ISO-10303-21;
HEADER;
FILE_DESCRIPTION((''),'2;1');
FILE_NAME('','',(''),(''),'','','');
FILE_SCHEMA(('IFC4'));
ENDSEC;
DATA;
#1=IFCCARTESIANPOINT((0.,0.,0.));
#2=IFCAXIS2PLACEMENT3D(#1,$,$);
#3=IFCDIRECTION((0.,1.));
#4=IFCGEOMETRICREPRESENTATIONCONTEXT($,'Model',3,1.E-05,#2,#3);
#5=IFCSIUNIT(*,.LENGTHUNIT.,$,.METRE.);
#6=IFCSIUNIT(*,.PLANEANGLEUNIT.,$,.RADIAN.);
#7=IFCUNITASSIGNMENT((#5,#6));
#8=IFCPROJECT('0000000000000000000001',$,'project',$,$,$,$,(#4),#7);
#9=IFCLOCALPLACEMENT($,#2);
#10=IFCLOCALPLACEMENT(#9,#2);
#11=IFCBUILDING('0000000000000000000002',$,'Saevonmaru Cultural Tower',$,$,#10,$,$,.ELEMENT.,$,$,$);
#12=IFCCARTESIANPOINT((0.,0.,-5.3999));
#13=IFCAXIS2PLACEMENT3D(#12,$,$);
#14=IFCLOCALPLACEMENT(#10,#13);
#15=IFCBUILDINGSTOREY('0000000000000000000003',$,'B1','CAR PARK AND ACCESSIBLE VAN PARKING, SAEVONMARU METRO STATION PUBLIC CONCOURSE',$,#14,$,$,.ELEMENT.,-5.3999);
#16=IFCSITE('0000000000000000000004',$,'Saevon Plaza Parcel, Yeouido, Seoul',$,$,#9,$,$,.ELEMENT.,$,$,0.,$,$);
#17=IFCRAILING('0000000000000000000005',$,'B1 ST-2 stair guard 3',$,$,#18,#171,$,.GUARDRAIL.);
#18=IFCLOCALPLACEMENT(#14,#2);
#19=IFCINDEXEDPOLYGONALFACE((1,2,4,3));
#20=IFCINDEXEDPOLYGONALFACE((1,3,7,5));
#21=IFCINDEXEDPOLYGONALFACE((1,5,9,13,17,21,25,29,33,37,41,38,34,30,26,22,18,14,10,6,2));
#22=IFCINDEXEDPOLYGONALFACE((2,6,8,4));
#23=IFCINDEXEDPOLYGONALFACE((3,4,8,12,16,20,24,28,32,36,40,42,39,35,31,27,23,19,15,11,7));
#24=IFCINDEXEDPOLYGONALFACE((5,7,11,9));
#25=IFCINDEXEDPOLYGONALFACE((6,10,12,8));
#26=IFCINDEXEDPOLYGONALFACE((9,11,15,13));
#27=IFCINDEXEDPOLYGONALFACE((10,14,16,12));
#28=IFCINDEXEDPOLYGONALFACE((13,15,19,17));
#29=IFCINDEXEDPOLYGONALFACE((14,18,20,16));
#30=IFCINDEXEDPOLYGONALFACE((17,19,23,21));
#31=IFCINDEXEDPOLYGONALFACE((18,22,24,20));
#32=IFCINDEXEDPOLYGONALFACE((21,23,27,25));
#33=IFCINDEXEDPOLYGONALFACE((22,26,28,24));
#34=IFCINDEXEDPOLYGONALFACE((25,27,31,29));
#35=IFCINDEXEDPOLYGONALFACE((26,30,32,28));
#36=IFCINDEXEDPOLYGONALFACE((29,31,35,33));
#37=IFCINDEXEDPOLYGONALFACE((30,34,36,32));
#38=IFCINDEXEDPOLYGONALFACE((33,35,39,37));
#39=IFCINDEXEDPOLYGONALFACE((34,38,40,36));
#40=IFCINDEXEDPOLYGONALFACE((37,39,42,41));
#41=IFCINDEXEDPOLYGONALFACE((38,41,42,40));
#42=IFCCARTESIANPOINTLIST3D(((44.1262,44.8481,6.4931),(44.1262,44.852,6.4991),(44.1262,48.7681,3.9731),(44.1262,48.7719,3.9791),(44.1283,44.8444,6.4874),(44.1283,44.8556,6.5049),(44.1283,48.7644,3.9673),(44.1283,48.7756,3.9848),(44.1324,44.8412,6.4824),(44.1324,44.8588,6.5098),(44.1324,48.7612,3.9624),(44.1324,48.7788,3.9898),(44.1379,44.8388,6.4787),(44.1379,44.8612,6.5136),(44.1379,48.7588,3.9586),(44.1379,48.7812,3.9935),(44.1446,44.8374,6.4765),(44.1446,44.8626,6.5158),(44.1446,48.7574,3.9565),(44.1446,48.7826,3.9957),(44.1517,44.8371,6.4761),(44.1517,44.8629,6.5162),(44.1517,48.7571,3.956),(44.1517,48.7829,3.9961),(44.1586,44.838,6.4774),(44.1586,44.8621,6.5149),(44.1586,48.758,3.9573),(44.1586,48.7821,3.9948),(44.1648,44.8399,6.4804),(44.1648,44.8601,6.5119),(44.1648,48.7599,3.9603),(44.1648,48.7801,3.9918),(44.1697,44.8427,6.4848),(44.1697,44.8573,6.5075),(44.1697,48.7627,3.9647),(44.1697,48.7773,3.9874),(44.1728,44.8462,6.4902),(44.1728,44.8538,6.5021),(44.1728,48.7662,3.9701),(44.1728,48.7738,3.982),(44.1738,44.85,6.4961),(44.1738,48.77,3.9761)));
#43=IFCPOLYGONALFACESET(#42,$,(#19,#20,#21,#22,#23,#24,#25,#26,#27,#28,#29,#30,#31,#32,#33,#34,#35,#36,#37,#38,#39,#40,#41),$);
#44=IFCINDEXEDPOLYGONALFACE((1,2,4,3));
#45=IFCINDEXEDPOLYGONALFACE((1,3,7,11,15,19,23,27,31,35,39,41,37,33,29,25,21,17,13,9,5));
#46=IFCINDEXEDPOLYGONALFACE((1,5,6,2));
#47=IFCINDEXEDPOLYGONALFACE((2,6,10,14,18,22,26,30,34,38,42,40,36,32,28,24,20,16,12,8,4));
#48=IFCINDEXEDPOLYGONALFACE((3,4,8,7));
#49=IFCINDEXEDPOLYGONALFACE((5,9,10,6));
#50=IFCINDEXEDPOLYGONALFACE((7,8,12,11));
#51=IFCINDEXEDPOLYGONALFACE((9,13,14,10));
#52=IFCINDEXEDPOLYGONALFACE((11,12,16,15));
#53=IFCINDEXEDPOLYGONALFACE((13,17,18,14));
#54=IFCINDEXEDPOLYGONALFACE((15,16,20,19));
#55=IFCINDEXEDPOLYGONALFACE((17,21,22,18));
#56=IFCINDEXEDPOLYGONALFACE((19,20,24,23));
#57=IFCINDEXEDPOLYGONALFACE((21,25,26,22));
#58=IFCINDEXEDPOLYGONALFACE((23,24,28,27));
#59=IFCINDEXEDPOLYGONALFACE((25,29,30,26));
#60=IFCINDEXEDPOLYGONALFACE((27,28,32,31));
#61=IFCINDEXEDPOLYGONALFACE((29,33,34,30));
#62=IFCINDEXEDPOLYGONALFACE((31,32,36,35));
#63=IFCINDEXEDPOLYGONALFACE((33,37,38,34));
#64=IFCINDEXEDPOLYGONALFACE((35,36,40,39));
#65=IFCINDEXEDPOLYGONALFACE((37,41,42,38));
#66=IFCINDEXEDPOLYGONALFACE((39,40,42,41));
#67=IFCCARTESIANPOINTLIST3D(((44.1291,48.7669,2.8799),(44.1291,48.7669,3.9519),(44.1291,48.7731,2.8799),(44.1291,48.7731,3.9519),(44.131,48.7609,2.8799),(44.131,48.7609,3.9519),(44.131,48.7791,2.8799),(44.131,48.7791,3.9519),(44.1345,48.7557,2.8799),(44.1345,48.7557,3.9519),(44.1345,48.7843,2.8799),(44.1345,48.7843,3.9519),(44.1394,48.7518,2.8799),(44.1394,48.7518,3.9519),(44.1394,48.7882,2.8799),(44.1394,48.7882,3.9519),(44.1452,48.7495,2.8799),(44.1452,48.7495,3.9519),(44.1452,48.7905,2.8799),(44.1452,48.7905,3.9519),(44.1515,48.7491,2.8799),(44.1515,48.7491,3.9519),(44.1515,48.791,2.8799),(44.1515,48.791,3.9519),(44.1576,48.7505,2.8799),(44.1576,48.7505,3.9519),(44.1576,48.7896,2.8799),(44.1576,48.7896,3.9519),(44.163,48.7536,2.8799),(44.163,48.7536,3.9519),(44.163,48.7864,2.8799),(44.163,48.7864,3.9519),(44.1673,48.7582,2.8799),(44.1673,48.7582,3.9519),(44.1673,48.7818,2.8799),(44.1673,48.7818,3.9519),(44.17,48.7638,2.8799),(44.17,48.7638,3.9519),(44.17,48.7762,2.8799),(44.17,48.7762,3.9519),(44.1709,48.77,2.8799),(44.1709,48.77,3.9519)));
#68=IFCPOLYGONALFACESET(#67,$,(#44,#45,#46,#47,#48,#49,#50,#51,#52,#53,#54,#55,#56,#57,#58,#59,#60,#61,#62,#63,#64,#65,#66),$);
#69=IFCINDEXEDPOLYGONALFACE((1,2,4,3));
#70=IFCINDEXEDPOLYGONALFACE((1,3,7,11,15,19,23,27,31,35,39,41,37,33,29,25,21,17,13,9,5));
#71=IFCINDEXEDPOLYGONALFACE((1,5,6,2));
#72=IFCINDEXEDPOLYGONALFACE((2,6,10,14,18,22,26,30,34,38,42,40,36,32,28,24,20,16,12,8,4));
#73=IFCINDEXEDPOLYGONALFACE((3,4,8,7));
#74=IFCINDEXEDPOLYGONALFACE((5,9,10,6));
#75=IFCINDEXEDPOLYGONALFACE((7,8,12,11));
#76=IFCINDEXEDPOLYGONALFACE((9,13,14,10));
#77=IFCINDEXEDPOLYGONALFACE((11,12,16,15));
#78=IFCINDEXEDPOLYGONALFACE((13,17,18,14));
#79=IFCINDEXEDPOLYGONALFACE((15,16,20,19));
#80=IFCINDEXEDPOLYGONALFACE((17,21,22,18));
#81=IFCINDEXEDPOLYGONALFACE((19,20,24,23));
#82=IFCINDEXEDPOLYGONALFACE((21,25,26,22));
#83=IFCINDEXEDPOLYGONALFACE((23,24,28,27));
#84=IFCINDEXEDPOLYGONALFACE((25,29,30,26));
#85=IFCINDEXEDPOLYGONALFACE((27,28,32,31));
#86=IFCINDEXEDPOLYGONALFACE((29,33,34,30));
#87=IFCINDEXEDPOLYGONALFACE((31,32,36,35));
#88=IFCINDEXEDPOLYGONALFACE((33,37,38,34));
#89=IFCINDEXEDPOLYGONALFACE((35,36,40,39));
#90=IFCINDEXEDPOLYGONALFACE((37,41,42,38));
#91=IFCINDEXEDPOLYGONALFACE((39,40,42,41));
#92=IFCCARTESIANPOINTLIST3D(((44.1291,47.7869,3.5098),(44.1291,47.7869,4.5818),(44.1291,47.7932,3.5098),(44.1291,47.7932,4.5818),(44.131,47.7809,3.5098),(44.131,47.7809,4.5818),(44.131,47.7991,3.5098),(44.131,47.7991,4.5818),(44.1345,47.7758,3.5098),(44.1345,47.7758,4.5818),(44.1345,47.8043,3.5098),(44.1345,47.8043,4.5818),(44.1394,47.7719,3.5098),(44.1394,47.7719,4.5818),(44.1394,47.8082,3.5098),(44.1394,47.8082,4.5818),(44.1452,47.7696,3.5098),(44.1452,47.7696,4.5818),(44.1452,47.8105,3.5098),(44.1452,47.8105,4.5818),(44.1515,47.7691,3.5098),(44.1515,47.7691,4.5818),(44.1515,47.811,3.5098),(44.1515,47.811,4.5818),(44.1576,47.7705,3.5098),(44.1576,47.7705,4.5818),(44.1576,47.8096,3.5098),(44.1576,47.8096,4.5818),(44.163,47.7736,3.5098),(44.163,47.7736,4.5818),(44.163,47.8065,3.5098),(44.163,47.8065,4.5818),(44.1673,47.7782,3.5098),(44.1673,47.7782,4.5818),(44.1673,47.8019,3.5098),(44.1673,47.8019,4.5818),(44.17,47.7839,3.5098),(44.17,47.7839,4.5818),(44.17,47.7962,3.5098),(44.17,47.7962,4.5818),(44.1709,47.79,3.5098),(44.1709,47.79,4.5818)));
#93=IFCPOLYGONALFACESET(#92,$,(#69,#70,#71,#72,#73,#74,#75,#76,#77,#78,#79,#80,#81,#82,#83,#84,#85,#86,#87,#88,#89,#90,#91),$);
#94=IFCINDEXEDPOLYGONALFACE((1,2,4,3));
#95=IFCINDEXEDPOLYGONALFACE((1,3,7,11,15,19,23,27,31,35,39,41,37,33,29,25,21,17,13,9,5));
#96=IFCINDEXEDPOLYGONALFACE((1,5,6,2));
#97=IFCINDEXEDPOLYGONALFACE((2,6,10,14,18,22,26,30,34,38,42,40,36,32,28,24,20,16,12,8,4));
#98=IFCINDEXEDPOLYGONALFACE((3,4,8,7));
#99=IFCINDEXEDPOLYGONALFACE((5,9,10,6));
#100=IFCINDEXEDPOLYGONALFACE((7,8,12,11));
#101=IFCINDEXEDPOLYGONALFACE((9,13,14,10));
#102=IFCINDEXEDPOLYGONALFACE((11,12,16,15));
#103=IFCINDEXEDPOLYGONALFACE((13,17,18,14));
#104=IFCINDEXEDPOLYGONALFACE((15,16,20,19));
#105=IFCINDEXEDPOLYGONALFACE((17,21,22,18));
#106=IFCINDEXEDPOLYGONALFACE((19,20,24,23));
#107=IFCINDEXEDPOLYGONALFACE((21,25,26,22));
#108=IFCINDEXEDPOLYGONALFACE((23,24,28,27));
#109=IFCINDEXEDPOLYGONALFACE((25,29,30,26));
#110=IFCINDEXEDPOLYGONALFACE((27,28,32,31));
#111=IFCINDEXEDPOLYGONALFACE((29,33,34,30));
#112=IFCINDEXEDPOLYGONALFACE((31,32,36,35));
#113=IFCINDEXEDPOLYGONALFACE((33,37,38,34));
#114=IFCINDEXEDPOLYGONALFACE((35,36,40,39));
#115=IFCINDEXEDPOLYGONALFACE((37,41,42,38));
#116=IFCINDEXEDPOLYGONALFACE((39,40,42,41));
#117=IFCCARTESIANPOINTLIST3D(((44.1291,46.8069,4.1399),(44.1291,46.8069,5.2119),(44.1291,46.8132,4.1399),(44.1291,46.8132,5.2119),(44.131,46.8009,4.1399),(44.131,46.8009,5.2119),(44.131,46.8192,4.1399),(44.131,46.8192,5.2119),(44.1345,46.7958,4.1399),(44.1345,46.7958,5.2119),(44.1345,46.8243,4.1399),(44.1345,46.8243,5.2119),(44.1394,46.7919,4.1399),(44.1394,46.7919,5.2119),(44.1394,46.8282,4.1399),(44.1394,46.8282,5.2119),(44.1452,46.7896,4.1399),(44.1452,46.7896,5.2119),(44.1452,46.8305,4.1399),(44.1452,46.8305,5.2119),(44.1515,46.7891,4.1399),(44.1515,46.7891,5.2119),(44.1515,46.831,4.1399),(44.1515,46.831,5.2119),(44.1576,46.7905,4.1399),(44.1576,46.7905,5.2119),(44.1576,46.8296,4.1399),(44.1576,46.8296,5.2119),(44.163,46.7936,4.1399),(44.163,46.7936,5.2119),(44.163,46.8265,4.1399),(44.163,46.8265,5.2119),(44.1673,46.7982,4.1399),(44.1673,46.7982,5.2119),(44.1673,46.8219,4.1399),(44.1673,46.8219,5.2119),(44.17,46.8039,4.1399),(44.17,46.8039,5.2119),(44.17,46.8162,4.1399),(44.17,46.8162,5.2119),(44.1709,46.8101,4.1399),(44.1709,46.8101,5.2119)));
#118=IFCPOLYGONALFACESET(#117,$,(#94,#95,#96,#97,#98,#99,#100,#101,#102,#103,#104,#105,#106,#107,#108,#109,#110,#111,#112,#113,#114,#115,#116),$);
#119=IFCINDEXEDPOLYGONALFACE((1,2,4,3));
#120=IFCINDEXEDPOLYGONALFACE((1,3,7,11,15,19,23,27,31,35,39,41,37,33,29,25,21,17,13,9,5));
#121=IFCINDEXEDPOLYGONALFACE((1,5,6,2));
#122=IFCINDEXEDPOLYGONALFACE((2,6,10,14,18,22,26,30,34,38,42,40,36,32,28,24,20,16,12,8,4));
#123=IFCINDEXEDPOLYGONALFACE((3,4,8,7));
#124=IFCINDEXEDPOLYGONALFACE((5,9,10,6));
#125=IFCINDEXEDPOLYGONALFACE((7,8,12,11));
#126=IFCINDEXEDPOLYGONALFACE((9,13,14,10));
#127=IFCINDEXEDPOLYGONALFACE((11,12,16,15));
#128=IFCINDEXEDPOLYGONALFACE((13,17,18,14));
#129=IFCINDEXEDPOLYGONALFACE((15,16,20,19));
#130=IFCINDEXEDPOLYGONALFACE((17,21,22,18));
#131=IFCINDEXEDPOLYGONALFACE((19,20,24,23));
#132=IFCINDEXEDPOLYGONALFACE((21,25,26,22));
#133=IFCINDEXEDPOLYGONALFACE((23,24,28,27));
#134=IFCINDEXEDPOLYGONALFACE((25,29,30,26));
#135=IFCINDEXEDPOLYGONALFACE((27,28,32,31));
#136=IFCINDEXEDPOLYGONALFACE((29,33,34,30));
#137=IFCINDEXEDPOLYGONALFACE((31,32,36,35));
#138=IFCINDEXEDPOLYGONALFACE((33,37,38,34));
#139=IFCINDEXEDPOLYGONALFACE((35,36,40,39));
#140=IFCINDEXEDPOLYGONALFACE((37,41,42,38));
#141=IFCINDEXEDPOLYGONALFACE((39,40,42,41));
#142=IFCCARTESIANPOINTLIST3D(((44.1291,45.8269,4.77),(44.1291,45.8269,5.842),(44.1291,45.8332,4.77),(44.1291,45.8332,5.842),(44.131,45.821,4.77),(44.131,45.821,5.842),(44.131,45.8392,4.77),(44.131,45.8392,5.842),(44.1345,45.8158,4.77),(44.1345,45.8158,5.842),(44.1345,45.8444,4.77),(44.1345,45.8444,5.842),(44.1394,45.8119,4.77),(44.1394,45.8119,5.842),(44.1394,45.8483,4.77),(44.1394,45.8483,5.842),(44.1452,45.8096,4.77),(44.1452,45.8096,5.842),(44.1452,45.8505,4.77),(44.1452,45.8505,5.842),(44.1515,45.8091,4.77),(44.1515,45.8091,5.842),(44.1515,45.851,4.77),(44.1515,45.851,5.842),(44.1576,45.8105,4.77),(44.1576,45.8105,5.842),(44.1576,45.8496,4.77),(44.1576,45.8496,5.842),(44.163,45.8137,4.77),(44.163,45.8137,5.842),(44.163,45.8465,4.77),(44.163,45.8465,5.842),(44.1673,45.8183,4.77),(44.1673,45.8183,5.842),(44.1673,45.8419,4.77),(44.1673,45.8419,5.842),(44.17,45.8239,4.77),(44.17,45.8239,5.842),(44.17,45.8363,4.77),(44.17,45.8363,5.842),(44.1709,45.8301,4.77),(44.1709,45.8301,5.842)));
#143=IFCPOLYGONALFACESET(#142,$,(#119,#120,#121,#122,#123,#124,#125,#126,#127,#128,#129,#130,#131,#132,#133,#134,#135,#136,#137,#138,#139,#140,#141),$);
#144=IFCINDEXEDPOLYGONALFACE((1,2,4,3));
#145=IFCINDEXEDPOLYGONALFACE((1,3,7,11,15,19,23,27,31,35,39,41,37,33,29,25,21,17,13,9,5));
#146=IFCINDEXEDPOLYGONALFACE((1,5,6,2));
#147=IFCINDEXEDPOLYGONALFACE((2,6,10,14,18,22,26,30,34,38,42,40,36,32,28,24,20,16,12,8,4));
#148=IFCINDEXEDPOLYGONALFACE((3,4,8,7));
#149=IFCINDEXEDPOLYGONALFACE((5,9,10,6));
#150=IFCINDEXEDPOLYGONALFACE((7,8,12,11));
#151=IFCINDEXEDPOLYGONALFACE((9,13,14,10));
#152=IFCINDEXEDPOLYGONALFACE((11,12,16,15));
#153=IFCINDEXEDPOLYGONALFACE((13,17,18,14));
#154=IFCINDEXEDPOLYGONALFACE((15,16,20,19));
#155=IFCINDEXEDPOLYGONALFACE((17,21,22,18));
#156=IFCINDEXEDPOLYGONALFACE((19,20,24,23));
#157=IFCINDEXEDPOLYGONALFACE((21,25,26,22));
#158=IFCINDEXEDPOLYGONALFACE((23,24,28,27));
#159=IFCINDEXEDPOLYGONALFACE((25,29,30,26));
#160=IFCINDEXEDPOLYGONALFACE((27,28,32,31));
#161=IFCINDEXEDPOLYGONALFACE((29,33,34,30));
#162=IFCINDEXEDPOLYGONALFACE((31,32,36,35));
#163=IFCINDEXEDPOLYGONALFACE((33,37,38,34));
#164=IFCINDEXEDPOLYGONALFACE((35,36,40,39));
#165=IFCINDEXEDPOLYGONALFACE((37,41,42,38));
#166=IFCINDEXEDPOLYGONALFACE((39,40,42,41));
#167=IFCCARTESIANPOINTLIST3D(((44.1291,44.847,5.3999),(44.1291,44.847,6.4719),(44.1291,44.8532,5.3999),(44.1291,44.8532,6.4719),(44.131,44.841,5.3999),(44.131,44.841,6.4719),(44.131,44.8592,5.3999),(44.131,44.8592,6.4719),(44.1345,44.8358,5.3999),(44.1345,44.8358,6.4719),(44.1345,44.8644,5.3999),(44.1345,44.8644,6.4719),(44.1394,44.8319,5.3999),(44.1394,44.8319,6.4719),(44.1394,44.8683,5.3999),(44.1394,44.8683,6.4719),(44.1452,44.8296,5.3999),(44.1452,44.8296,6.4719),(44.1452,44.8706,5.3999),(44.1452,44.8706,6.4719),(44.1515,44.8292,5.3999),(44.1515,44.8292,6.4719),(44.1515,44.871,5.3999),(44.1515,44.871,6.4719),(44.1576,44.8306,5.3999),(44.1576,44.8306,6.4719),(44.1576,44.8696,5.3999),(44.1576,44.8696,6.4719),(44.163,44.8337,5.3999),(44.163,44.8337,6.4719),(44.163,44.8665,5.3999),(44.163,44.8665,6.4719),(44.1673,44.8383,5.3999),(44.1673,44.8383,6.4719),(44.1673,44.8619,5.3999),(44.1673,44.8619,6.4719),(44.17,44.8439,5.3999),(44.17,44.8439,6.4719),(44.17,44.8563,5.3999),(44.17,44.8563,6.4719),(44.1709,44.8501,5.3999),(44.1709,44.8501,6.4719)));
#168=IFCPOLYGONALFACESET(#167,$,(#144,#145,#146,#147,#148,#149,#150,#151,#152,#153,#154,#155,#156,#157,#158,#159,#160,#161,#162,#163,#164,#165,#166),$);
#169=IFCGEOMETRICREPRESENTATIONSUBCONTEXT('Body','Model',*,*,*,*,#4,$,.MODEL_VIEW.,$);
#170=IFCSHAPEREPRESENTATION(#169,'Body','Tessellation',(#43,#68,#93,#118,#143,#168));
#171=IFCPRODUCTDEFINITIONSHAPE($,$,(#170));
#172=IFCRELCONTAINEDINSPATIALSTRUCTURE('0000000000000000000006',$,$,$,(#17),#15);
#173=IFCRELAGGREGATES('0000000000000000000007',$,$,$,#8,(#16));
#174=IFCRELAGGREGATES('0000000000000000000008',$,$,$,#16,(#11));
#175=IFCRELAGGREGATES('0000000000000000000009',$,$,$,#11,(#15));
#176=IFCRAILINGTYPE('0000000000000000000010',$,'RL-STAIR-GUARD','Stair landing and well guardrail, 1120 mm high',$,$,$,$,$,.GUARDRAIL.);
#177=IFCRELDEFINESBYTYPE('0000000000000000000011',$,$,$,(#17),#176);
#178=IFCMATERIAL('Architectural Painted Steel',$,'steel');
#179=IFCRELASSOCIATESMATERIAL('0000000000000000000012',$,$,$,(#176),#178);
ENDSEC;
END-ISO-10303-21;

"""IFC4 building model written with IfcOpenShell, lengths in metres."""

from ifc_helpers import new_model, si_unit, direction, frame, origin, origin_2d, place, context, subcontext, project, spatial, circle, extrude, material, type_object, element, save


model = new_model("IFC4")

# Units and contexts
model_context = context("Model", 3, precision=1e-05, world=origin(), true_north=direction((0.0, 1.0)))
body_context = subcontext(model_context, "Body", "Model", "MODEL_VIEW")
ifc_project = project(units=[si_unit("LENGTHUNIT", "METRE"), si_unit("PLANEANGLEUNIT", "RADIAN")], contexts=[model_context])

# Site, building, storey
site_placement = place(None, origin())
site = spatial("IfcSite", under=ifc_project, at=site_placement, Name="Saevon Plaza Parcel, Yeouido, Seoul", CompositionType="ELEMENT", RefElevation=0.0)
building_placement = place(site_placement, origin())
building = spatial("IfcBuilding", under=site, at=building_placement, Name="Saevonmaru Cultural Tower", CompositionType="ELEMENT")
storey_placement = place(building_placement, frame((0.0, 0.0, -5.3999)))
storey = spatial("IfcBuildingStorey", under=building, at=storey_placement, Name="B1", Description="CAR PARK AND ACCESSIBLE VAN PARKING, SAEVONMARU METRO STATION PUBLIC CONCOURSE", CompositionType="ELEMENT", Elevation=-5.3999)

# Railing
ifc_material_1 = material(Name="Architectural Painted Steel", Category="steel")
railing_type_1 = type_object("IfcRailingType", Name="RL-STAIR-GUARD", Description="Stair landing and well guardrail, 1120 mm high", PredefinedType="GUARDRAIL", material=ifc_material_1)
railing_1_placement = place(storey_placement, frame((44.1499, 48.77, 2.8799)))
element("IfcRailing", 1, at=railing_1_placement, inside=storey, type_object=railing_type_1, Name="B1 ST-2 stair guard 3", PredefinedType="GUARDRAIL", context=body_context, shape_type="SweptSolid", body=[
    extrude(circle(Radius=0.0239, at=origin_2d()), frame((0.0, 0.0, 1.0962), z_axis=(0.0, -0.841172, 0.540768), x_axis=(1.0, 0.0, 0.0)), (0.0, 0.0, 1.0), 4.6602),
    extrude(circle(Radius=0.021, at=origin_2d()), origin(), (0.0, 0.0, 1.0), 1.072),
    extrude(circle(Radius=0.021, at=origin_2d()), frame((0.0, -0.98, 0.6299)), (0.0, 0.0, 1.0), 1.072),
    extrude(circle(Radius=0.021, at=origin_2d()), frame((0.0, -1.96, 1.26)), (0.0, 0.0, 1.0), 1.072),
    extrude(circle(Radius=0.021, at=origin_2d()), frame((0.0, -2.9399, 1.8901)), (0.0, 0.0, 1.0), 1.072),
    extrude(circle(Radius=0.021, at=origin_2d()), frame((0.0, -3.9199, 2.52)), (0.0, 0.0, 1.0), 1.072),
])

save(model, "model.ifc")
